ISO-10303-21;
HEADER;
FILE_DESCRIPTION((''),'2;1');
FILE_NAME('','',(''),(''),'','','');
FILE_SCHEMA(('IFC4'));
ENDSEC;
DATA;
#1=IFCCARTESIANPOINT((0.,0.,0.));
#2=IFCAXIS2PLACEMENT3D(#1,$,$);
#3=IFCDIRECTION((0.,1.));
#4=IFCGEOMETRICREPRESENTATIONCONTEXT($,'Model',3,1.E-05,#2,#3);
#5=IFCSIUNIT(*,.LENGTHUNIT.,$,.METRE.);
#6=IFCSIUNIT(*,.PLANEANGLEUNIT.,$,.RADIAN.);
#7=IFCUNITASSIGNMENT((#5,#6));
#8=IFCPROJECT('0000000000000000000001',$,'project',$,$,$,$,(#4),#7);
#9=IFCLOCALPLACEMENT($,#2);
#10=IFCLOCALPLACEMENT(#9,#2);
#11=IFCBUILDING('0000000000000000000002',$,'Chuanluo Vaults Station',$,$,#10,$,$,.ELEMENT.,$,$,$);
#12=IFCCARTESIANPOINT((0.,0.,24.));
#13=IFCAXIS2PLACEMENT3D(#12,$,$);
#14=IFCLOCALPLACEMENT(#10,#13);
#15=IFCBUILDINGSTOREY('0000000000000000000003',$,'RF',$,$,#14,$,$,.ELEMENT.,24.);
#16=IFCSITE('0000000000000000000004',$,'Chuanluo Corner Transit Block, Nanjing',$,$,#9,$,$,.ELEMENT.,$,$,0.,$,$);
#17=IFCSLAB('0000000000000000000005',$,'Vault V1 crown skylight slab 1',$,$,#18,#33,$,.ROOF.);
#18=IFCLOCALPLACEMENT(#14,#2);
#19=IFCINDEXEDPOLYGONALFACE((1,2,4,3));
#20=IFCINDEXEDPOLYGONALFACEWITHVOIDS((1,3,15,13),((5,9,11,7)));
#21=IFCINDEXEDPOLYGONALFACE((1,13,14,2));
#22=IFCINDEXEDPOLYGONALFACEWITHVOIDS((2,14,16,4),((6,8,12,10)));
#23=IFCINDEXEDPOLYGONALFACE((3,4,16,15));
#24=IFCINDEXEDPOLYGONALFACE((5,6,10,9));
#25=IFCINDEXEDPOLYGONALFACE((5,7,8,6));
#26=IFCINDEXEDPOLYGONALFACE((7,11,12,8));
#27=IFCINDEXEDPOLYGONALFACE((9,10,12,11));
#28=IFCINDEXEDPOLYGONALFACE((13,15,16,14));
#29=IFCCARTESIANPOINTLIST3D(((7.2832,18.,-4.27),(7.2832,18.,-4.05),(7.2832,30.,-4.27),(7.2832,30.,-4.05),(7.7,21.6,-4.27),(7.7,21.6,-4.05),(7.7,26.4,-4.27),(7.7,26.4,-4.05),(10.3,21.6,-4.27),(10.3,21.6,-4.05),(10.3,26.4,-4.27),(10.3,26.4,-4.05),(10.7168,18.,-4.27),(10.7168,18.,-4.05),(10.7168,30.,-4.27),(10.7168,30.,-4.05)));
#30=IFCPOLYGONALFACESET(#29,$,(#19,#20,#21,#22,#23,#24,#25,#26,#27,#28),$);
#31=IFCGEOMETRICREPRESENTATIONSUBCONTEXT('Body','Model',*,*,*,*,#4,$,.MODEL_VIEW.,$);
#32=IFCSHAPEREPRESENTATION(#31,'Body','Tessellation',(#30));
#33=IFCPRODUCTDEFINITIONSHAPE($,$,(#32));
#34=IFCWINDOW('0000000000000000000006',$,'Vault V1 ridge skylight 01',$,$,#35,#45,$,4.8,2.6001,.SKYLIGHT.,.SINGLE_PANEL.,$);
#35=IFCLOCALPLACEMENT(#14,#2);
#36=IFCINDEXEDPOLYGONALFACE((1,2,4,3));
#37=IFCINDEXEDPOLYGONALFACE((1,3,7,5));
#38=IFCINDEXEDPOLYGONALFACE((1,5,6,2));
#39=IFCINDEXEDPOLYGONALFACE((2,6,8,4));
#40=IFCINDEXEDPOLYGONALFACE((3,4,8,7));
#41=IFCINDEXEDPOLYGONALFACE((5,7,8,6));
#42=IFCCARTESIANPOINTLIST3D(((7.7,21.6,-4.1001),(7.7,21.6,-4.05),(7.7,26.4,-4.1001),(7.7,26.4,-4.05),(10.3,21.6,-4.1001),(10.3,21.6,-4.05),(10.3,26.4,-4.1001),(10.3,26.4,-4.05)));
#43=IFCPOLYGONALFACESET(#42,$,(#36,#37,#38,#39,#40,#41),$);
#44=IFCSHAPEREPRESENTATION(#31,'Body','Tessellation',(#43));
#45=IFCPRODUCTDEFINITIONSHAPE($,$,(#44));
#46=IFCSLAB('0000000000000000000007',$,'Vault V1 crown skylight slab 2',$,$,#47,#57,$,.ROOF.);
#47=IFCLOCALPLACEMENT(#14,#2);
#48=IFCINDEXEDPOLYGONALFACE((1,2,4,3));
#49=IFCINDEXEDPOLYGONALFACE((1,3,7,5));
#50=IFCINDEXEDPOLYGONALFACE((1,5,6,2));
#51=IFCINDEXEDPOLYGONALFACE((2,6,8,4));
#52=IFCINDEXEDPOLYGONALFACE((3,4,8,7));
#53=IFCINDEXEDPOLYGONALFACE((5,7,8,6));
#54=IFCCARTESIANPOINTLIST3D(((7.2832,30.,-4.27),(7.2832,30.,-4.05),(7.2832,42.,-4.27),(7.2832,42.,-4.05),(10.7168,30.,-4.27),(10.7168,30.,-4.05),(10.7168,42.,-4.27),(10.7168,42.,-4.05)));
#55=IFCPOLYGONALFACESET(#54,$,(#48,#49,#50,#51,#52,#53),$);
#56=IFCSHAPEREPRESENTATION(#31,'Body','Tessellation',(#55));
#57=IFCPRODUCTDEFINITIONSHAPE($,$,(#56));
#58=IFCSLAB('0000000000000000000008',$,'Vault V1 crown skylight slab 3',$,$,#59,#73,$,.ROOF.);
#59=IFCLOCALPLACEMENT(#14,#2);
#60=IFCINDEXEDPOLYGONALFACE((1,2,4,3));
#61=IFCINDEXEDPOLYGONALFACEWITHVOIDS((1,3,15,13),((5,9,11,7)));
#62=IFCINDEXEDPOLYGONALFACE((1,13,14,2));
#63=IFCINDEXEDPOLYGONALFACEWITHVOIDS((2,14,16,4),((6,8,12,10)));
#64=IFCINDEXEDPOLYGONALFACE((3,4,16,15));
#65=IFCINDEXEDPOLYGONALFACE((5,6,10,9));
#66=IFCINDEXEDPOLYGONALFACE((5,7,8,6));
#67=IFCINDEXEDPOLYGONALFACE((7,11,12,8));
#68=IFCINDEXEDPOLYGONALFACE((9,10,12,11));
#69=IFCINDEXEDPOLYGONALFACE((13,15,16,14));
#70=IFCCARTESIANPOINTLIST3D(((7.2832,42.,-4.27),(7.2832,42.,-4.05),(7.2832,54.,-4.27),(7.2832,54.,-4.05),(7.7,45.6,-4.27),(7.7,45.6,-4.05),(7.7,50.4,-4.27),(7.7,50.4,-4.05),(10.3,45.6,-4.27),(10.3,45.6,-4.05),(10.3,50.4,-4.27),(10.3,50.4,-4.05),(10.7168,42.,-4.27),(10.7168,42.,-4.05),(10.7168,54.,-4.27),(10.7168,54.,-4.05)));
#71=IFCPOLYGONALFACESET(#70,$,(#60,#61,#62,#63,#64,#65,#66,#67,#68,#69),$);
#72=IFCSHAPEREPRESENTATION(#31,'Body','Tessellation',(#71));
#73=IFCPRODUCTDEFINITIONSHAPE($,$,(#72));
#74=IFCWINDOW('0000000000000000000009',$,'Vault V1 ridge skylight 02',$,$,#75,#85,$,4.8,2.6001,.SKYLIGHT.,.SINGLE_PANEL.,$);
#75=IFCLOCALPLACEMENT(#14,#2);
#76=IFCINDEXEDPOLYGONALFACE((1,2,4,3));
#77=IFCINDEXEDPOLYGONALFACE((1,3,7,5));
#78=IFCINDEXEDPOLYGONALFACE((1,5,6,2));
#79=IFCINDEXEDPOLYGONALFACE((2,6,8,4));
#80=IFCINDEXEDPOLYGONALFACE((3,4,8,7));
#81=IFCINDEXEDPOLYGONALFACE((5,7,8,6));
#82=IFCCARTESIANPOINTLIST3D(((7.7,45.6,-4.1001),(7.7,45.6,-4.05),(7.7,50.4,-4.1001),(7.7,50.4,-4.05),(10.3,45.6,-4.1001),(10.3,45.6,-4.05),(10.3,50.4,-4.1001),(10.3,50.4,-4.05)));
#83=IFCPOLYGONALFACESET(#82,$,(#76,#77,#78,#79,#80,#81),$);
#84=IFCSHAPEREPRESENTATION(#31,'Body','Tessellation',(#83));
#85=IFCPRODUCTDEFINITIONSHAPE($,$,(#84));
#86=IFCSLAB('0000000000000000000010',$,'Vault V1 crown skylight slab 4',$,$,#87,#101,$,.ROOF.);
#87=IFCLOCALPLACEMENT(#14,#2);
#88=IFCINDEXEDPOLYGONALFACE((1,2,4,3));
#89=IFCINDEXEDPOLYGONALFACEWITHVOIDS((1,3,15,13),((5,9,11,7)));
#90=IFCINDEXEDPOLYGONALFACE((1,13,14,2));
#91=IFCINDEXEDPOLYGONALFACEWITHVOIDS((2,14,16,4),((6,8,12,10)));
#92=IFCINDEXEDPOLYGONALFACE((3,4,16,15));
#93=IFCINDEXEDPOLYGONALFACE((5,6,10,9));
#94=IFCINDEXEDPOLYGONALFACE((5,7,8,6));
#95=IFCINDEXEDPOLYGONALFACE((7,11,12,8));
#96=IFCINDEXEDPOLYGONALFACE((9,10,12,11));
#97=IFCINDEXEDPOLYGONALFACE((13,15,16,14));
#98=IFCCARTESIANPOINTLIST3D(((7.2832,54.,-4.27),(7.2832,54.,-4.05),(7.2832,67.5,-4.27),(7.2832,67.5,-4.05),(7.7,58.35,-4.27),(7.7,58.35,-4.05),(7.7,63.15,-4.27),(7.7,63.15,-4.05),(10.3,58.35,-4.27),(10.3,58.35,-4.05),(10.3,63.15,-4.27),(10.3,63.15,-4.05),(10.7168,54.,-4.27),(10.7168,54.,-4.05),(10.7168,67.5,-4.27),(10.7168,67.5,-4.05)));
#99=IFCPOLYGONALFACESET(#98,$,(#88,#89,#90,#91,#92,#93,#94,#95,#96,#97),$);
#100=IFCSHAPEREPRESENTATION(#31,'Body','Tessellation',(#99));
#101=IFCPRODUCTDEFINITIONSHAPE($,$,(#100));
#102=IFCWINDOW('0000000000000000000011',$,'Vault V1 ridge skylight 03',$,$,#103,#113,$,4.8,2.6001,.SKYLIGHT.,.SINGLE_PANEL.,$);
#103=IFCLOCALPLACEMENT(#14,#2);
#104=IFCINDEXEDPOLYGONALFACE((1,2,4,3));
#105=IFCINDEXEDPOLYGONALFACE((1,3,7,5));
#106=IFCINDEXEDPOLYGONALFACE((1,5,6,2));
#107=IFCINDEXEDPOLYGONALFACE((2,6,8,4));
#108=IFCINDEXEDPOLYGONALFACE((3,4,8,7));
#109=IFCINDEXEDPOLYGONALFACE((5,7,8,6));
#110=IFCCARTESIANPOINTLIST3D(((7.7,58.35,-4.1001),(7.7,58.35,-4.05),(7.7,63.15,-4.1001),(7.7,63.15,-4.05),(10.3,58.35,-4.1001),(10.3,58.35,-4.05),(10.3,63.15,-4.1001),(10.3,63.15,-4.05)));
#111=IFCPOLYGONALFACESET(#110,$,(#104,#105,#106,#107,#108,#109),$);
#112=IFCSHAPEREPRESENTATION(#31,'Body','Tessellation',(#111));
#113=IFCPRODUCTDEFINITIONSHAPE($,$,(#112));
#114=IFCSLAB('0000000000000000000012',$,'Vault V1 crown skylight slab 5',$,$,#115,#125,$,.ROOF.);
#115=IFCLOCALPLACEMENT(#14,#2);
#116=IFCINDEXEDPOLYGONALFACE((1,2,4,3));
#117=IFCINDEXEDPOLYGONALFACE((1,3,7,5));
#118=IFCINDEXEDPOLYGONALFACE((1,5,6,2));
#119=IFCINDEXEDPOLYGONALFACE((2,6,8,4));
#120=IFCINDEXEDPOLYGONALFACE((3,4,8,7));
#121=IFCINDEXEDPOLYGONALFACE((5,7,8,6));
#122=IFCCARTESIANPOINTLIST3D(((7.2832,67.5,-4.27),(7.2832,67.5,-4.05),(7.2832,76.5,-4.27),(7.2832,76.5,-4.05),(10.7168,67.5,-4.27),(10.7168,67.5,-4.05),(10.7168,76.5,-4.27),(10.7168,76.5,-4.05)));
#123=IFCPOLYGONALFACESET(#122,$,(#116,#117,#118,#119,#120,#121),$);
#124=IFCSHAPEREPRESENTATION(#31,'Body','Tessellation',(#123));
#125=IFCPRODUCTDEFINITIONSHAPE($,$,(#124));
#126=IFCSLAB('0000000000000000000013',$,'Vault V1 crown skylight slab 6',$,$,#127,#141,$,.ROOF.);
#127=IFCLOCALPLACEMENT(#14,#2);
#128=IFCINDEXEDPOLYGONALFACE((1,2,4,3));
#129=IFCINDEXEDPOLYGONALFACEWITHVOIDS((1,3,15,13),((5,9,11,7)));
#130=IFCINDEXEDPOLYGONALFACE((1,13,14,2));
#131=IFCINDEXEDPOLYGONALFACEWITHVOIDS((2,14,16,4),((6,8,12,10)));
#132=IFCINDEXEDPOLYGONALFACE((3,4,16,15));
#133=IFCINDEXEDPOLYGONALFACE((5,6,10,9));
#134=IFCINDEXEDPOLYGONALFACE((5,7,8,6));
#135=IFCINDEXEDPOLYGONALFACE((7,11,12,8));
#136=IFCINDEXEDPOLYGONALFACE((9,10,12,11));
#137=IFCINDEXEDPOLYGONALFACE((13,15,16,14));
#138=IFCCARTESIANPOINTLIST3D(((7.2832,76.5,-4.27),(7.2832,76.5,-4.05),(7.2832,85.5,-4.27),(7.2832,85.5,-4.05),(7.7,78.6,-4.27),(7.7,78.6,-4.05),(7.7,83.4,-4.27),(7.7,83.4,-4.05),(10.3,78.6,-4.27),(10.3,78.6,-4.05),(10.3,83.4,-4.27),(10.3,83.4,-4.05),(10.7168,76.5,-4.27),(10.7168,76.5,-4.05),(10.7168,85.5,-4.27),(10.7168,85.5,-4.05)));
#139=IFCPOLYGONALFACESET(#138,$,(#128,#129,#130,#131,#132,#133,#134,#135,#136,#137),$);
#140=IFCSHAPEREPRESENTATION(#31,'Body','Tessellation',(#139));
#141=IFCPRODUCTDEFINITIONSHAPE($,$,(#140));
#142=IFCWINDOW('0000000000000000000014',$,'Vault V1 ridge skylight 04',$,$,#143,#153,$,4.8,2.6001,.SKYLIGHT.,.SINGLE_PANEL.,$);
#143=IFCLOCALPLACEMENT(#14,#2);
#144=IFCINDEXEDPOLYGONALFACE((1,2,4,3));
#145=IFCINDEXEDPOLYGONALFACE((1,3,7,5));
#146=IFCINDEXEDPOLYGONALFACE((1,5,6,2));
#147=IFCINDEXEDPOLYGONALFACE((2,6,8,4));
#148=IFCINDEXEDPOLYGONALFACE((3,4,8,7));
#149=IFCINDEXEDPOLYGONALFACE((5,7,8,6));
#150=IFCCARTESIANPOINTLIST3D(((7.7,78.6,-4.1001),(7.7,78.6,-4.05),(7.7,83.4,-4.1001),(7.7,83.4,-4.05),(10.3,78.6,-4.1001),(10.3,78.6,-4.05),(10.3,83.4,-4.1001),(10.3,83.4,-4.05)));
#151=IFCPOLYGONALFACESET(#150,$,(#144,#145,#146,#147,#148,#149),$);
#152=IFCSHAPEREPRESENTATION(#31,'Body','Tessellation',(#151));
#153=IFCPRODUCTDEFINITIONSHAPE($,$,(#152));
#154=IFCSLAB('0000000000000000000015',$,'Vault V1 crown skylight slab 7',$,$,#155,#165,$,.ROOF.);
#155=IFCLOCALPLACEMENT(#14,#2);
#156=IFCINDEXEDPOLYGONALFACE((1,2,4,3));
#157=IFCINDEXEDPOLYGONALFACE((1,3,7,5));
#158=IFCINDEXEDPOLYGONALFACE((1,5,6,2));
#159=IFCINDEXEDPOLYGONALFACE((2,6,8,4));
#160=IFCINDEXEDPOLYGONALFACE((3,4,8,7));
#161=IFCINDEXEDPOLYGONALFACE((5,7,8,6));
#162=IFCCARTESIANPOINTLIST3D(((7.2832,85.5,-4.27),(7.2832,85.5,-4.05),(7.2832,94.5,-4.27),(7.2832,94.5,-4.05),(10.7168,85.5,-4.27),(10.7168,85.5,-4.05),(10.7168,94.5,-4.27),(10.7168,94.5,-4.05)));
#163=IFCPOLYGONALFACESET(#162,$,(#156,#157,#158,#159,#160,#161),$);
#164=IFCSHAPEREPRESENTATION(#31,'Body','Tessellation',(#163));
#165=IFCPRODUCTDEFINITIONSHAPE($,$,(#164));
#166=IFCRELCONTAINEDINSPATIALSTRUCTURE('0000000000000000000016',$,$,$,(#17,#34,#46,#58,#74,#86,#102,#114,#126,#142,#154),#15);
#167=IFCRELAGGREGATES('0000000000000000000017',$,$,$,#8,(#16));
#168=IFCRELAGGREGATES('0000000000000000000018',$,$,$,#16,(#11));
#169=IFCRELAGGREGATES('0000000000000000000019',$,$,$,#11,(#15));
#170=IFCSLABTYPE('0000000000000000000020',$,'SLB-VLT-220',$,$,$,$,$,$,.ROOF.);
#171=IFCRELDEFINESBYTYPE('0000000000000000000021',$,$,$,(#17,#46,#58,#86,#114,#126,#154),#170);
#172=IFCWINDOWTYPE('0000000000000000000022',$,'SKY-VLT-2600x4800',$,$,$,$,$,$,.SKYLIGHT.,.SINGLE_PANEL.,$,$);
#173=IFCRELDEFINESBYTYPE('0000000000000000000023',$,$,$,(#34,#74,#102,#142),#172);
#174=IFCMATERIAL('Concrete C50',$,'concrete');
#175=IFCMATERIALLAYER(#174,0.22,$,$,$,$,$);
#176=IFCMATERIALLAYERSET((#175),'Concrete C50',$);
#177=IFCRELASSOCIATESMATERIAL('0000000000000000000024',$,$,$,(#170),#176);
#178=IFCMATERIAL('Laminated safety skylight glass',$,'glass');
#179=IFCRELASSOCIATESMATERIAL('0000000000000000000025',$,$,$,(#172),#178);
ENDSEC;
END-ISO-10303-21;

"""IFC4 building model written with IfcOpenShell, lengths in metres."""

from ifc_helpers import new_model, si_unit, direction, frame, origin, origin_2d, place, context, subcontext, project, spatial, polyline, rectangle, outline, extrude, material, layer, layer_set, type_object, element, fill, save


model = new_model("IFC4")

# Units and contexts
model_context = context("Model", 3, precision=1e-05, world=origin(), true_north=direction((0.0, 1.0)))
body_context = subcontext(model_context, "Body", "Model", "MODEL_VIEW")
ifc_project = project(units=[si_unit("LENGTHUNIT", "METRE"), si_unit("PLANEANGLEUNIT", "RADIAN")], contexts=[model_context])

# Site, building, storey
site_placement = place(None, origin())
site = spatial("IfcSite", under=ifc_project, at=site_placement, Name="Chuanluo Corner Transit Block, Nanjing", CompositionType="ELEMENT", RefElevation=0.0)
building_placement = place(site_placement, origin())
building = spatial("IfcBuilding", under=site, at=building_placement, Name="Chuanluo Vaults Station", CompositionType="ELEMENT")
storey_placement = place(building_placement, frame((0.0, 0.0, 24.0)))
storey = spatial("IfcBuildingStorey", under=building, at=storey_placement, Name="RF", CompositionType="ELEMENT", Elevation=24.0)

# Slab, opening, window
ifc_material_1 = material(Name="Concrete C50", Category="concrete")
ifc_layer = layer(ifc_material_1, 0.22)
ifc_layer_set = layer_set([ifc_layer], Name="Concrete C50")
slab_type = type_object("IfcSlabType", Name="SLB-VLT-220", PredefinedType="ROOF", material=ifc_layer_set)
slab_1_placement = place(storey_placement, frame((0.0, 0.0, -4.27)))
slab_1 = element("IfcSlab", 1, at=slab_1_placement, inside=storey, type_object=slab_type, Name="Vault V1 crown skylight slab 1", PredefinedType="ROOF", context=body_context, shape_type="SweptSolid", body=[
    extrude(outline(polyline([(7.2832, 18.0), (10.7168, 18.0), (10.7168, 30.0), (7.2832, 30.0), (7.2832, 18.0)])), origin(), (0.0, 0.0, 1.0), 0.22),
])
opening_1_placement = place(slab_1_placement, frame((9.0, 24.0, 0.0)))
opening_1 = element("IfcOpeningElement", 2, at=opening_1_placement, cuts=slab_1, PredefinedType="OPENING", context=body_context, shape_type="SweptSolid", body=[
    extrude(rectangle(XDim=2.6001, YDim=4.8, at=origin_2d()), frame((0.0, 0.0, -0.01)), (0.0, 0.0, 1.0), 0.24),
])
ifc_material_2 = material(Name="Laminated safety skylight glass", Category="glass")
window_type_1 = type_object("IfcWindowType", Name="SKY-VLT-2600x4800", PartitioningType="SINGLE_PANEL", PredefinedType="SKYLIGHT", material=ifc_material_2)
window_1_placement = place(opening_1_placement, frame((0.0, 0.0, 0.1699)))
window_1 = element("IfcWindow", 3, at=window_1_placement, inside=storey, type_object=window_type_1, Name="Vault V1 ridge skylight 01", OverallHeight=4.8, OverallWidth=2.6001, PartitioningType="SINGLE_PANEL", PredefinedType="SKYLIGHT", context=body_context, shape_type="SweptSolid", body=[
    extrude(rectangle(XDim=2.6001, YDim=4.8, at=origin_2d()), origin(), (0.0, 0.0, 1.0), 0.05),
])
fill(opening_1, window_1)

# Slab
slab_2_placement = place(storey_placement, frame((0.0, 0.0, -4.27)))
element("IfcSlab", 4, at=slab_2_placement, inside=storey, type_object=slab_type, Name="Vault V1 crown skylight slab 2", PredefinedType="ROOF", context=body_context, shape_type="SweptSolid", body=[
    extrude(outline(polyline([(7.2832, 30.0), (10.7168, 30.0), (10.7168, 42.0), (7.2832, 42.0), (7.2832, 30.0)])), origin(), (0.0, 0.0, 1.0), 0.22),
])

# Slabs, openings, windows
slab_3_placement = place(storey_placement, frame((0.0, 0.0, -4.27)))
slab_3 = element("IfcSlab", 5, at=slab_3_placement, inside=storey, type_object=slab_type, Name="Vault V1 crown skylight slab 3", PredefinedType="ROOF", context=body_context, shape_type="SweptSolid", body=[
    extrude(outline(polyline([(7.2832, 42.0), (10.7168, 42.0), (10.7168, 54.0), (7.2832, 54.0), (7.2832, 42.0)])), origin(), (0.0, 0.0, 1.0), 0.22),
])
opening_2_placement = place(slab_3_placement, frame((9.0, 48.0, 0.0)))
opening_2 = element("IfcOpeningElement", 6, at=opening_2_placement, cuts=slab_3, PredefinedType="OPENING", context=body_context, shape_type="SweptSolid", body=[
    extrude(rectangle(XDim=2.6001, YDim=4.8, at=origin_2d()), frame((0.0, 0.0, -0.01)), (0.0, 0.0, 1.0), 0.24),
])
window_2_placement = place(opening_2_placement, frame((0.0, 0.0, 0.1699)))
window_2 = element("IfcWindow", 7, at=window_2_placement, inside=storey, type_object=window_type_1, Name="Vault V1 ridge skylight 02", OverallHeight=4.8, OverallWidth=2.6001, PartitioningType="SINGLE_PANEL", PredefinedType="SKYLIGHT", context=body_context, shape_type="SweptSolid", body=[
    extrude(rectangle(XDim=2.6001, YDim=4.8, at=origin_2d()), origin(), (0.0, 0.0, 1.0), 0.05),
])
fill(opening_2, window_2)
slab_4_placement = place(storey_placement, frame((0.0, 0.0, -4.27)))
slab_4 = element("IfcSlab", 8, at=slab_4_placement, inside=storey, type_object=slab_type, Name="Vault V1 crown skylight slab 4", PredefinedType="ROOF", context=body_context, shape_type="SweptSolid", body=[
    extrude(outline(polyline([(7.2832, 54.0), (10.7168, 54.0), (10.7168, 67.5), (7.2832, 67.5), (7.2832, 54.0)])), origin(), (0.0, 0.0, 1.0), 0.22),
])
opening_3_placement = place(slab_4_placement, frame((9.0, 60.75, 0.0)))
opening_3 = element("IfcOpeningElement", 9, at=opening_3_placement, cuts=slab_4, PredefinedType="OPENING", context=body_context, shape_type="SweptSolid", body=[
    extrude(rectangle(XDim=2.6001, YDim=4.8, at=origin_2d()), frame((0.0, 0.0, -0.01)), (0.0, 0.0, 1.0), 0.24),
])
window_3_placement = place(opening_3_placement, frame((0.0, 0.0, 0.1699)))
window_3 = element("IfcWindow", 10, at=window_3_placement, inside=storey, type_object=window_type_1, Name="Vault V1 ridge skylight 03", OverallHeight=4.8, OverallWidth=2.6001, PartitioningType="SINGLE_PANEL", PredefinedType="SKYLIGHT", context=body_context, shape_type="SweptSolid", body=[
    extrude(rectangle(XDim=2.6001, YDim=4.8, at=origin_2d()), origin(), (0.0, 0.0, 1.0), 0.05),
])
fill(opening_3, window_3)

# Slab
slab_5_placement = place(storey_placement, frame((0.0, 0.0, -4.27)))
element("IfcSlab", 11, at=slab_5_placement, inside=storey, type_object=slab_type, Name="Vault V1 crown skylight slab 5", PredefinedType="ROOF", context=body_context, shape_type="SweptSolid", body=[
    extrude(outline(polyline([(7.2832, 67.5), (10.7168, 67.5), (10.7168, 76.5), (7.2832, 76.5), (7.2832, 67.5)])), origin(), (0.0, 0.0, 1.0), 0.22),
])

# Slab, opening, window
slab_6_placement = place(storey_placement, frame((0.0, 0.0, -4.27)))
slab_6 = element("IfcSlab", 12, at=slab_6_placement, inside=storey, type_object=slab_type, Name="Vault V1 crown skylight slab 6", PredefinedType="ROOF", context=body_context, shape_type="SweptSolid", body=[
    extrude(outline(polyline([(7.2832, 76.5), (10.7168, 76.5), (10.7168, 85.5), (7.2832, 85.5), (7.2832, 76.5)])), origin(), (0.0, 0.0, 1.0), 0.22),
])
opening_4_placement = place(slab_6_placement, frame((9.0, 81.0, 0.0)))
opening_4 = element("IfcOpeningElement", 13, at=opening_4_placement, cuts=slab_6, PredefinedType="OPENING", context=body_context, shape_type="SweptSolid", body=[
    extrude(rectangle(XDim=2.6001, YDim=4.8, at=origin_2d()), frame((0.0, 0.0, -0.01)), (0.0, 0.0, 1.0), 0.24),
])
window_4_placement = place(opening_4_placement, frame((0.0, 0.0, 0.1699)))
window_4 = element("IfcWindow", 14, at=window_4_placement, inside=storey, type_object=window_type_1, Name="Vault V1 ridge skylight 04", OverallHeight=4.8, OverallWidth=2.6001, PartitioningType="SINGLE_PANEL", PredefinedType="SKYLIGHT", context=body_context, shape_type="SweptSolid", body=[
    extrude(rectangle(XDim=2.6001, YDim=4.8, at=origin_2d()), origin(), (0.0, 0.0, 1.0), 0.05),
])
fill(opening_4, window_4)

# Slab
slab_7_placement = place(storey_placement, frame((0.0, 0.0, -4.27)))
element("IfcSlab", 15, at=slab_7_placement, inside=storey, type_object=slab_type, Name="Vault V1 crown skylight slab 7", PredefinedType="ROOF", context=body_context, shape_type="SweptSolid", body=[
    extrude(outline(polyline([(7.2832, 85.5), (10.7168, 85.5), (10.7168, 94.5), (7.2832, 94.5), (7.2832, 85.5)])), origin(), (0.0, 0.0, 1.0), 0.22),
])

save(model, "model.ifc")
